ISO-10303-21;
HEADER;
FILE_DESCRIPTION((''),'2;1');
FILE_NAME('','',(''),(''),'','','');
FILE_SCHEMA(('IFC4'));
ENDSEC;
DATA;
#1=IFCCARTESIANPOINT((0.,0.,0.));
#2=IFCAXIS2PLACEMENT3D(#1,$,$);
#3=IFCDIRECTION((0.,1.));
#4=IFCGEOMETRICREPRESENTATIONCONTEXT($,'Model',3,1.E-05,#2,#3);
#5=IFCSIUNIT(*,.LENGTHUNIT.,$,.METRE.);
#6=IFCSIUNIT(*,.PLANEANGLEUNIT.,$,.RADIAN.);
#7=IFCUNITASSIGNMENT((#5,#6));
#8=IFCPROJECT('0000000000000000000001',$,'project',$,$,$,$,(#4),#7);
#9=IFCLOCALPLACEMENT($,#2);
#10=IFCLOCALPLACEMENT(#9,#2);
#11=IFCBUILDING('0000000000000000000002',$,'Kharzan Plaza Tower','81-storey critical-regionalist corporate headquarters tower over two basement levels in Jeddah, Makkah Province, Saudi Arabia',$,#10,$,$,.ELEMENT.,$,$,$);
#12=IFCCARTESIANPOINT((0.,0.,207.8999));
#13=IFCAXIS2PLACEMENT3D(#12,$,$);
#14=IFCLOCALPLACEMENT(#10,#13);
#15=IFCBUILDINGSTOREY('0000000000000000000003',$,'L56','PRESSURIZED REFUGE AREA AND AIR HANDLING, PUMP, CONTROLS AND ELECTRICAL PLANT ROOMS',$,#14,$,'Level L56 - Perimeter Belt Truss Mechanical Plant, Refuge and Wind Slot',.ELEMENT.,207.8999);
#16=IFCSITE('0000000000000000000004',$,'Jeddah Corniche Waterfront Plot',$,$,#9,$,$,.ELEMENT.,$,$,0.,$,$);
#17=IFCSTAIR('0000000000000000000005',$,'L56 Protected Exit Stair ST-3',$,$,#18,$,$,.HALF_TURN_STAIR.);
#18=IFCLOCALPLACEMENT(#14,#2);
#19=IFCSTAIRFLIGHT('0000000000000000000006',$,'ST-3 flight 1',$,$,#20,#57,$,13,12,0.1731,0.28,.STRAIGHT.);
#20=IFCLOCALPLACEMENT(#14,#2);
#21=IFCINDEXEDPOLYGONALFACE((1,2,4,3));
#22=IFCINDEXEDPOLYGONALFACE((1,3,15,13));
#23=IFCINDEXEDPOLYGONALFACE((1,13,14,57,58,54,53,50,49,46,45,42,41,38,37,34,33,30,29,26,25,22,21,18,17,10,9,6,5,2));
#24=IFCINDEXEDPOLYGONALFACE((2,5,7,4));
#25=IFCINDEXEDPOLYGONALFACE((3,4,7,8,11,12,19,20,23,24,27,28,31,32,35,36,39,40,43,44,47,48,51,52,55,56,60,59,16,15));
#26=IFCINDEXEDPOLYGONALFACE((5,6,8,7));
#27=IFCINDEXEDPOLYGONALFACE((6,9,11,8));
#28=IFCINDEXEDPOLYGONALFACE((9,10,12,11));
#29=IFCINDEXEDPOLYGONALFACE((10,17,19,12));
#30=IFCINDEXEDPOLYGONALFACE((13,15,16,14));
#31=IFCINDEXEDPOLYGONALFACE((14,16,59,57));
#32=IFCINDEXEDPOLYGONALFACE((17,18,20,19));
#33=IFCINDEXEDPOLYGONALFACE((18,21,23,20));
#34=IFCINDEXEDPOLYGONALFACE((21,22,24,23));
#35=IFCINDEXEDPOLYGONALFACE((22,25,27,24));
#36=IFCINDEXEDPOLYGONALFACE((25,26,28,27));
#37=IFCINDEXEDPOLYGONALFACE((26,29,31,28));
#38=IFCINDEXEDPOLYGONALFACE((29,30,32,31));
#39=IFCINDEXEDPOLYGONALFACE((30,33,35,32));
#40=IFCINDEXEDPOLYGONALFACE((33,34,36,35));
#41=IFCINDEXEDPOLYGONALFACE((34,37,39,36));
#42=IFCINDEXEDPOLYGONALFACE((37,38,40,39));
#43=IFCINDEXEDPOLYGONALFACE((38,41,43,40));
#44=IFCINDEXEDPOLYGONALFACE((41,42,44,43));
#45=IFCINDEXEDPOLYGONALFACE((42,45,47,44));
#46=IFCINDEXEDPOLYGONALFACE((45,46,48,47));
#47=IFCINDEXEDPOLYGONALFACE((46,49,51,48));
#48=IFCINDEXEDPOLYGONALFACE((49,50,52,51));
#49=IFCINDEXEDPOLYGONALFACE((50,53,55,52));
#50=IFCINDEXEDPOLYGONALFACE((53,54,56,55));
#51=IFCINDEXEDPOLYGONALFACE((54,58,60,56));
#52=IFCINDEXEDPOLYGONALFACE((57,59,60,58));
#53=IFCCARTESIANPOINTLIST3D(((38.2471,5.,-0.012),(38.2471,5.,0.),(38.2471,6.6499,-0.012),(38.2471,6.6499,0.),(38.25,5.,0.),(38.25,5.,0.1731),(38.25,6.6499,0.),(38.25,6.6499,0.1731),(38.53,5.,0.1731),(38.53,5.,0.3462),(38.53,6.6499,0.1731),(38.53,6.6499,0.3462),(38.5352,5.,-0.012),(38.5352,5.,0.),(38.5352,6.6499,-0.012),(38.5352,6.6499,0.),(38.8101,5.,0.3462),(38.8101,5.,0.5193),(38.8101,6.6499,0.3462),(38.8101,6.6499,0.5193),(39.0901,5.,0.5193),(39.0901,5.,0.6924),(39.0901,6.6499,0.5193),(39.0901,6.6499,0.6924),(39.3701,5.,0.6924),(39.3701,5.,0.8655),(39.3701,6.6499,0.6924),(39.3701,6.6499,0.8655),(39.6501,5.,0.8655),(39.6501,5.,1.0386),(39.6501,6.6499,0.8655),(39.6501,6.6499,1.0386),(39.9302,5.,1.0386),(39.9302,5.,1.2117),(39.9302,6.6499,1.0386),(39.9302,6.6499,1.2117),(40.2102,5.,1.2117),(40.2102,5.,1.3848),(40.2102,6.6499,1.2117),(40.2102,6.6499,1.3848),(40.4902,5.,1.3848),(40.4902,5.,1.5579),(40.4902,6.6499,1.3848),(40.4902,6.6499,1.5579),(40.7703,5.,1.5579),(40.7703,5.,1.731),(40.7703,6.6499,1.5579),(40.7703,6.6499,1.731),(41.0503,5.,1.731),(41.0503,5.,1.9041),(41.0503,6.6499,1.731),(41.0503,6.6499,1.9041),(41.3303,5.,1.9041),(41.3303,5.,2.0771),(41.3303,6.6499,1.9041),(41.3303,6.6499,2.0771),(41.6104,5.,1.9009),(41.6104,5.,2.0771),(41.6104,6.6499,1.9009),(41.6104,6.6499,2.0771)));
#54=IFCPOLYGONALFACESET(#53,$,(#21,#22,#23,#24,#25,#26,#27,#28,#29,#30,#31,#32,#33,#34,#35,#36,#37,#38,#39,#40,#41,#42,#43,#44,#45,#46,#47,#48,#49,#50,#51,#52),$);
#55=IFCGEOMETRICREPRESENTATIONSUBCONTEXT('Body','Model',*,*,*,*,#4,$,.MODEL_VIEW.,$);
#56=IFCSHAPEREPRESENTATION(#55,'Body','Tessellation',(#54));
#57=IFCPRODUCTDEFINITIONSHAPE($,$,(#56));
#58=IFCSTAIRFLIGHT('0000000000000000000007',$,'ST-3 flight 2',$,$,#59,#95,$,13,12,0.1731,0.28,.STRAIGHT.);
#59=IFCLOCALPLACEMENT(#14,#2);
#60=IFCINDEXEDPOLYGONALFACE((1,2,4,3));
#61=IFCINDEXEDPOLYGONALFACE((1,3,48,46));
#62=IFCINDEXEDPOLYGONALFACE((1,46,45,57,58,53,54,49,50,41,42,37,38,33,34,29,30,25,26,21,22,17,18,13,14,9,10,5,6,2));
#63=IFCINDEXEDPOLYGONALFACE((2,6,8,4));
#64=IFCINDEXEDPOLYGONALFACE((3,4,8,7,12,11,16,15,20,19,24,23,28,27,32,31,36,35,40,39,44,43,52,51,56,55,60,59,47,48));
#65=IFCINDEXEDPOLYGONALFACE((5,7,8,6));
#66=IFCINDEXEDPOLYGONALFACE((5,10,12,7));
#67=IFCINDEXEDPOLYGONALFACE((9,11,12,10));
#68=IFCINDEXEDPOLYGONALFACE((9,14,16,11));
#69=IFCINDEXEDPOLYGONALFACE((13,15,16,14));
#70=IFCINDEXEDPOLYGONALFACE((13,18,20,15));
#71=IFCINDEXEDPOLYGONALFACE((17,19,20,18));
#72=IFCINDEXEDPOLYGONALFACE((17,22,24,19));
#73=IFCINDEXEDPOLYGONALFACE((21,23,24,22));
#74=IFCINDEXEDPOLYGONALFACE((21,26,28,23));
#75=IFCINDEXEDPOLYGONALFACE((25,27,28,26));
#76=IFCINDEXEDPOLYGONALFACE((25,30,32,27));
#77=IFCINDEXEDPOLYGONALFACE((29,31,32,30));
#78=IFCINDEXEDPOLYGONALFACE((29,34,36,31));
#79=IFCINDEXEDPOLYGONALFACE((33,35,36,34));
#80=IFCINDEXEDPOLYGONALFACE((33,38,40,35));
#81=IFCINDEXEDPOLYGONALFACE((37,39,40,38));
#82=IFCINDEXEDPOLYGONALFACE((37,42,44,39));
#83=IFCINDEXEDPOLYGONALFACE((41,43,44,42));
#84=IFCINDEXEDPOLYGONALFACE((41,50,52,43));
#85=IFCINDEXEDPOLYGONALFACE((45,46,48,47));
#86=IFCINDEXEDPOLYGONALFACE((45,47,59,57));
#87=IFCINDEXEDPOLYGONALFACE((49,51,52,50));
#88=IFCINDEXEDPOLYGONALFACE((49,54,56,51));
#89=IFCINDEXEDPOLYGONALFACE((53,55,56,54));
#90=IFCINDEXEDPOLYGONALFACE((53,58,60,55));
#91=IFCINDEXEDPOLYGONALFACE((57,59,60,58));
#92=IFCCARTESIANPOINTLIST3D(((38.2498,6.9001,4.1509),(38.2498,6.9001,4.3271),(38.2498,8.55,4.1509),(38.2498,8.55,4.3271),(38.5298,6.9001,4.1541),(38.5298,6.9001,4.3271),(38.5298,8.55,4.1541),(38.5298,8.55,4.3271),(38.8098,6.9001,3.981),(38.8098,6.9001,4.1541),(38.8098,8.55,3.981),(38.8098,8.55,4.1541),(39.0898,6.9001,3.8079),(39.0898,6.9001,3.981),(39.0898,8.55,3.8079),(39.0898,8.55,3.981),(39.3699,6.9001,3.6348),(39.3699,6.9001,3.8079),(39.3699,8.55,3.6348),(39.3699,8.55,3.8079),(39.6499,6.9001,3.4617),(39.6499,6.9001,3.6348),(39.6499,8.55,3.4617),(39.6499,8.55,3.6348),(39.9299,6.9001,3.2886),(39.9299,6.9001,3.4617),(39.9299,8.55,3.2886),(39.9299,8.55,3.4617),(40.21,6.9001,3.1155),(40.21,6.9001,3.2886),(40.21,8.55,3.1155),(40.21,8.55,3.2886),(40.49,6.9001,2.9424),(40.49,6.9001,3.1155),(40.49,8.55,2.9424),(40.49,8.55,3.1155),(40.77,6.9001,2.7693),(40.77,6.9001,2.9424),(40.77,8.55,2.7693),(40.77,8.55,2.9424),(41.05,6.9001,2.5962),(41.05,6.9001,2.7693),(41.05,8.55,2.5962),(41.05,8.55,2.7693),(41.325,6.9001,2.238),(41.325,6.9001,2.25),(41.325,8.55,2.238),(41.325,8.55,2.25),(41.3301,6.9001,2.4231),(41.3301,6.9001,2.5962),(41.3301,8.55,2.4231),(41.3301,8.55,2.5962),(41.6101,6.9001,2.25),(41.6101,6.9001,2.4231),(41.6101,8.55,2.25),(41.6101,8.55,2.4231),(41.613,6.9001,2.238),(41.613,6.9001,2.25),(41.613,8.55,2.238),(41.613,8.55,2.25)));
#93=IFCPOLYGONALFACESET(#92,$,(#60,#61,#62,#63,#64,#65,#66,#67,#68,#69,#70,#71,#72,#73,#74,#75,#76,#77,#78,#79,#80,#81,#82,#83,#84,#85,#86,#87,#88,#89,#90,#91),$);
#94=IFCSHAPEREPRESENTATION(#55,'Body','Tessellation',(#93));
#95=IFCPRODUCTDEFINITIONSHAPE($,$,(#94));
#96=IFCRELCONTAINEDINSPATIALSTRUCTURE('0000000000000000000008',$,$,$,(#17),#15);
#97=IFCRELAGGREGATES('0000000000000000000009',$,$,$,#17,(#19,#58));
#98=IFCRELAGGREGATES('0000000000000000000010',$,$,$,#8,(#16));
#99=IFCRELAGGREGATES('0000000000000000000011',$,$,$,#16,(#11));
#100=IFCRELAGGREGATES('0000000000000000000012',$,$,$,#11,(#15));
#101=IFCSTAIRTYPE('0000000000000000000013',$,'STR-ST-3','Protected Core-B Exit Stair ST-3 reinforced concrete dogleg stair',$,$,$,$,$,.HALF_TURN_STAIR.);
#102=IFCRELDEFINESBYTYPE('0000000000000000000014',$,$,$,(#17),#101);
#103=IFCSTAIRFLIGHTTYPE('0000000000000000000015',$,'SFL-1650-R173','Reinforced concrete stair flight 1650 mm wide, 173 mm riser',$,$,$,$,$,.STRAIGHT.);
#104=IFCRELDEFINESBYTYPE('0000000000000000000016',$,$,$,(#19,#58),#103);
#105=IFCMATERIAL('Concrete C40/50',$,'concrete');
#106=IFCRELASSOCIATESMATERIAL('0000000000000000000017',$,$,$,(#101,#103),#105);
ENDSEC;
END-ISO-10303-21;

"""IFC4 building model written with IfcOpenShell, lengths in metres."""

from ifc_helpers import new_model, si_unit, direction, frame, origin, place, context, subcontext, project, spatial, polyline, outline, extrude, source, transform, mapped, material, type_object, element, aggregate, save


model = new_model("IFC4")

# Units and contexts
model_context = context("Model", 3, precision=1e-05, world=origin(), true_north=direction((0.0, 1.0)))
body_context = subcontext(model_context, "Body", "Model", "MODEL_VIEW")
ifc_project = project(units=[si_unit("LENGTHUNIT", "METRE"), si_unit("PLANEANGLEUNIT", "RADIAN")], contexts=[model_context])

# Site, building, storey
site_placement = place(None, origin())
site = spatial("IfcSite", under=ifc_project, at=site_placement, Name="Jeddah Corniche Waterfront Plot", CompositionType="ELEMENT", RefElevation=0.0)
building_placement = place(site_placement, origin())
building = spatial("IfcBuilding", under=site, at=building_placement, Name="Kharzan Plaza Tower", Description="81-storey critical-regionalist corporate headquarters tower over two basement levels in Jeddah, Makkah Province, Saudi Arabia", CompositionType="ELEMENT")
storey_placement = place(building_placement, frame((0.0, 0.0, 207.8999)))
storey = spatial("IfcBuildingStorey", under=building, at=storey_placement, Name="L56", Description="PRESSURIZED REFUGE AREA AND AIR HANDLING, PUMP, CONTROLS AND ELECTRICAL PLANT ROOMS", LongName="Level L56 - Perimeter Belt Truss Mechanical Plant, Refuge and Wind Slot", CompositionType="ELEMENT", Elevation=207.8999)

# Stair, stair flights
ifc_material_1 = material(Name="Concrete C40/50", Category="concrete")
stair_type = type_object("IfcStairType", Name="STR-ST-3", Description="Protected Core-B Exit Stair ST-3 reinforced concrete dogleg stair", PredefinedType="HALF_TURN_STAIR", material=ifc_material_1)
stair_placement = place(storey_placement, origin())
stair = element("IfcStair", 1, at=stair_placement, inside=storey, type_object=stair_type, Name="L56 Protected Exit Stair ST-3", PredefinedType="HALF_TURN_STAIR")
stair_flight_type = type_object("IfcStairFlightType", Name="SFL-1650-R173", Description="Reinforced concrete stair flight 1650 mm wide, 173 mm riser", PredefinedType="STRAIGHT", material=ifc_material_1)
shared_shape_1 = source(origin(), body_context, "Body", "SweptSolid", [
    extrude(outline(polyline([(-0.0029, -0.012), (-0.0029, 0.0), (0.0, 0.0), (0.0, 0.1731), (0.28, 0.1731), (0.28, 0.3462), (0.5601, 0.3462), (0.5601, 0.5193), (0.8401, 0.5193), (0.8401, 0.6924), (1.1201, 0.6924), (1.1201, 0.8655), (1.4001, 0.8655), (1.4001, 1.0386), (1.6802, 1.0386), (1.6802, 1.2117), (1.9602, 1.2117), (1.9602, 1.3848), (2.2402, 1.3848), (2.2402, 1.5579), (2.5203, 1.5579), (2.5203, 1.731), (2.8003, 1.731), (2.8003, 1.9041), (3.0803, 1.9041), (3.0803, 2.0771), (3.3604, 2.0771), (3.3604, 2.2502), (3.3604, 1.9009), (0.2852, 0.0), (0.2852, -0.012), (-0.0029, -0.012)])), frame((0.0, 0.825, 0.0), z_axis=(0.0, -1.0, 0.0), x_axis=(1.0, 0.0, 0.0)), (0.0, 0.0, 1.0), 1.6499),
])
stair_flight_1_placement = place(storey_placement, frame((38.25, 5.825, 0.0), z_axis=(0.0, 0.0, 1.0), x_axis=(1.0, 0.0, 0.0)))
stair_flight_1 = element("IfcStairFlight", 2, at=stair_flight_1_placement, type_object=stair_flight_type, Name="ST-3 flight 1", NumberOfRisers=13, NumberOfTreads=12, PredefinedType="STRAIGHT", RiserHeight=0.1731, TreadLength=0.28, context=body_context, shape_type="MappedRepresentation", body=[
    mapped(shared_shape_1, transform((0.0, 0.0, 0.0), x_axis=(1.0, 0.0, 0.0), y_axis=(0.0, 1.0, 0.0), z_axis=(0.0, 0.0, 1.0))),
])
stair_flight_2_placement = place(storey_placement, frame((41.6101, 7.7251, 2.25), z_axis=(0.0, 0.0, 1.0), x_axis=(-1.0, 0.0, 0.0)))
stair_flight_2 = element("IfcStairFlight", 3, at=stair_flight_2_placement, type_object=stair_flight_type, Name="ST-3 flight 2", NumberOfRisers=13, NumberOfTreads=12, PredefinedType="STRAIGHT", RiserHeight=0.1731, TreadLength=0.28, context=body_context, shape_type="MappedRepresentation", body=[
    mapped(shared_shape_1, transform((0.0, 0.0, 0.0), x_axis=(1.0, 0.0, 0.0), y_axis=(0.0, 1.0, 0.0), z_axis=(0.0, 0.0, 1.0))),
])
aggregate(stair, [stair_flight_1, stair_flight_2])

save(model, "model.ifc")
